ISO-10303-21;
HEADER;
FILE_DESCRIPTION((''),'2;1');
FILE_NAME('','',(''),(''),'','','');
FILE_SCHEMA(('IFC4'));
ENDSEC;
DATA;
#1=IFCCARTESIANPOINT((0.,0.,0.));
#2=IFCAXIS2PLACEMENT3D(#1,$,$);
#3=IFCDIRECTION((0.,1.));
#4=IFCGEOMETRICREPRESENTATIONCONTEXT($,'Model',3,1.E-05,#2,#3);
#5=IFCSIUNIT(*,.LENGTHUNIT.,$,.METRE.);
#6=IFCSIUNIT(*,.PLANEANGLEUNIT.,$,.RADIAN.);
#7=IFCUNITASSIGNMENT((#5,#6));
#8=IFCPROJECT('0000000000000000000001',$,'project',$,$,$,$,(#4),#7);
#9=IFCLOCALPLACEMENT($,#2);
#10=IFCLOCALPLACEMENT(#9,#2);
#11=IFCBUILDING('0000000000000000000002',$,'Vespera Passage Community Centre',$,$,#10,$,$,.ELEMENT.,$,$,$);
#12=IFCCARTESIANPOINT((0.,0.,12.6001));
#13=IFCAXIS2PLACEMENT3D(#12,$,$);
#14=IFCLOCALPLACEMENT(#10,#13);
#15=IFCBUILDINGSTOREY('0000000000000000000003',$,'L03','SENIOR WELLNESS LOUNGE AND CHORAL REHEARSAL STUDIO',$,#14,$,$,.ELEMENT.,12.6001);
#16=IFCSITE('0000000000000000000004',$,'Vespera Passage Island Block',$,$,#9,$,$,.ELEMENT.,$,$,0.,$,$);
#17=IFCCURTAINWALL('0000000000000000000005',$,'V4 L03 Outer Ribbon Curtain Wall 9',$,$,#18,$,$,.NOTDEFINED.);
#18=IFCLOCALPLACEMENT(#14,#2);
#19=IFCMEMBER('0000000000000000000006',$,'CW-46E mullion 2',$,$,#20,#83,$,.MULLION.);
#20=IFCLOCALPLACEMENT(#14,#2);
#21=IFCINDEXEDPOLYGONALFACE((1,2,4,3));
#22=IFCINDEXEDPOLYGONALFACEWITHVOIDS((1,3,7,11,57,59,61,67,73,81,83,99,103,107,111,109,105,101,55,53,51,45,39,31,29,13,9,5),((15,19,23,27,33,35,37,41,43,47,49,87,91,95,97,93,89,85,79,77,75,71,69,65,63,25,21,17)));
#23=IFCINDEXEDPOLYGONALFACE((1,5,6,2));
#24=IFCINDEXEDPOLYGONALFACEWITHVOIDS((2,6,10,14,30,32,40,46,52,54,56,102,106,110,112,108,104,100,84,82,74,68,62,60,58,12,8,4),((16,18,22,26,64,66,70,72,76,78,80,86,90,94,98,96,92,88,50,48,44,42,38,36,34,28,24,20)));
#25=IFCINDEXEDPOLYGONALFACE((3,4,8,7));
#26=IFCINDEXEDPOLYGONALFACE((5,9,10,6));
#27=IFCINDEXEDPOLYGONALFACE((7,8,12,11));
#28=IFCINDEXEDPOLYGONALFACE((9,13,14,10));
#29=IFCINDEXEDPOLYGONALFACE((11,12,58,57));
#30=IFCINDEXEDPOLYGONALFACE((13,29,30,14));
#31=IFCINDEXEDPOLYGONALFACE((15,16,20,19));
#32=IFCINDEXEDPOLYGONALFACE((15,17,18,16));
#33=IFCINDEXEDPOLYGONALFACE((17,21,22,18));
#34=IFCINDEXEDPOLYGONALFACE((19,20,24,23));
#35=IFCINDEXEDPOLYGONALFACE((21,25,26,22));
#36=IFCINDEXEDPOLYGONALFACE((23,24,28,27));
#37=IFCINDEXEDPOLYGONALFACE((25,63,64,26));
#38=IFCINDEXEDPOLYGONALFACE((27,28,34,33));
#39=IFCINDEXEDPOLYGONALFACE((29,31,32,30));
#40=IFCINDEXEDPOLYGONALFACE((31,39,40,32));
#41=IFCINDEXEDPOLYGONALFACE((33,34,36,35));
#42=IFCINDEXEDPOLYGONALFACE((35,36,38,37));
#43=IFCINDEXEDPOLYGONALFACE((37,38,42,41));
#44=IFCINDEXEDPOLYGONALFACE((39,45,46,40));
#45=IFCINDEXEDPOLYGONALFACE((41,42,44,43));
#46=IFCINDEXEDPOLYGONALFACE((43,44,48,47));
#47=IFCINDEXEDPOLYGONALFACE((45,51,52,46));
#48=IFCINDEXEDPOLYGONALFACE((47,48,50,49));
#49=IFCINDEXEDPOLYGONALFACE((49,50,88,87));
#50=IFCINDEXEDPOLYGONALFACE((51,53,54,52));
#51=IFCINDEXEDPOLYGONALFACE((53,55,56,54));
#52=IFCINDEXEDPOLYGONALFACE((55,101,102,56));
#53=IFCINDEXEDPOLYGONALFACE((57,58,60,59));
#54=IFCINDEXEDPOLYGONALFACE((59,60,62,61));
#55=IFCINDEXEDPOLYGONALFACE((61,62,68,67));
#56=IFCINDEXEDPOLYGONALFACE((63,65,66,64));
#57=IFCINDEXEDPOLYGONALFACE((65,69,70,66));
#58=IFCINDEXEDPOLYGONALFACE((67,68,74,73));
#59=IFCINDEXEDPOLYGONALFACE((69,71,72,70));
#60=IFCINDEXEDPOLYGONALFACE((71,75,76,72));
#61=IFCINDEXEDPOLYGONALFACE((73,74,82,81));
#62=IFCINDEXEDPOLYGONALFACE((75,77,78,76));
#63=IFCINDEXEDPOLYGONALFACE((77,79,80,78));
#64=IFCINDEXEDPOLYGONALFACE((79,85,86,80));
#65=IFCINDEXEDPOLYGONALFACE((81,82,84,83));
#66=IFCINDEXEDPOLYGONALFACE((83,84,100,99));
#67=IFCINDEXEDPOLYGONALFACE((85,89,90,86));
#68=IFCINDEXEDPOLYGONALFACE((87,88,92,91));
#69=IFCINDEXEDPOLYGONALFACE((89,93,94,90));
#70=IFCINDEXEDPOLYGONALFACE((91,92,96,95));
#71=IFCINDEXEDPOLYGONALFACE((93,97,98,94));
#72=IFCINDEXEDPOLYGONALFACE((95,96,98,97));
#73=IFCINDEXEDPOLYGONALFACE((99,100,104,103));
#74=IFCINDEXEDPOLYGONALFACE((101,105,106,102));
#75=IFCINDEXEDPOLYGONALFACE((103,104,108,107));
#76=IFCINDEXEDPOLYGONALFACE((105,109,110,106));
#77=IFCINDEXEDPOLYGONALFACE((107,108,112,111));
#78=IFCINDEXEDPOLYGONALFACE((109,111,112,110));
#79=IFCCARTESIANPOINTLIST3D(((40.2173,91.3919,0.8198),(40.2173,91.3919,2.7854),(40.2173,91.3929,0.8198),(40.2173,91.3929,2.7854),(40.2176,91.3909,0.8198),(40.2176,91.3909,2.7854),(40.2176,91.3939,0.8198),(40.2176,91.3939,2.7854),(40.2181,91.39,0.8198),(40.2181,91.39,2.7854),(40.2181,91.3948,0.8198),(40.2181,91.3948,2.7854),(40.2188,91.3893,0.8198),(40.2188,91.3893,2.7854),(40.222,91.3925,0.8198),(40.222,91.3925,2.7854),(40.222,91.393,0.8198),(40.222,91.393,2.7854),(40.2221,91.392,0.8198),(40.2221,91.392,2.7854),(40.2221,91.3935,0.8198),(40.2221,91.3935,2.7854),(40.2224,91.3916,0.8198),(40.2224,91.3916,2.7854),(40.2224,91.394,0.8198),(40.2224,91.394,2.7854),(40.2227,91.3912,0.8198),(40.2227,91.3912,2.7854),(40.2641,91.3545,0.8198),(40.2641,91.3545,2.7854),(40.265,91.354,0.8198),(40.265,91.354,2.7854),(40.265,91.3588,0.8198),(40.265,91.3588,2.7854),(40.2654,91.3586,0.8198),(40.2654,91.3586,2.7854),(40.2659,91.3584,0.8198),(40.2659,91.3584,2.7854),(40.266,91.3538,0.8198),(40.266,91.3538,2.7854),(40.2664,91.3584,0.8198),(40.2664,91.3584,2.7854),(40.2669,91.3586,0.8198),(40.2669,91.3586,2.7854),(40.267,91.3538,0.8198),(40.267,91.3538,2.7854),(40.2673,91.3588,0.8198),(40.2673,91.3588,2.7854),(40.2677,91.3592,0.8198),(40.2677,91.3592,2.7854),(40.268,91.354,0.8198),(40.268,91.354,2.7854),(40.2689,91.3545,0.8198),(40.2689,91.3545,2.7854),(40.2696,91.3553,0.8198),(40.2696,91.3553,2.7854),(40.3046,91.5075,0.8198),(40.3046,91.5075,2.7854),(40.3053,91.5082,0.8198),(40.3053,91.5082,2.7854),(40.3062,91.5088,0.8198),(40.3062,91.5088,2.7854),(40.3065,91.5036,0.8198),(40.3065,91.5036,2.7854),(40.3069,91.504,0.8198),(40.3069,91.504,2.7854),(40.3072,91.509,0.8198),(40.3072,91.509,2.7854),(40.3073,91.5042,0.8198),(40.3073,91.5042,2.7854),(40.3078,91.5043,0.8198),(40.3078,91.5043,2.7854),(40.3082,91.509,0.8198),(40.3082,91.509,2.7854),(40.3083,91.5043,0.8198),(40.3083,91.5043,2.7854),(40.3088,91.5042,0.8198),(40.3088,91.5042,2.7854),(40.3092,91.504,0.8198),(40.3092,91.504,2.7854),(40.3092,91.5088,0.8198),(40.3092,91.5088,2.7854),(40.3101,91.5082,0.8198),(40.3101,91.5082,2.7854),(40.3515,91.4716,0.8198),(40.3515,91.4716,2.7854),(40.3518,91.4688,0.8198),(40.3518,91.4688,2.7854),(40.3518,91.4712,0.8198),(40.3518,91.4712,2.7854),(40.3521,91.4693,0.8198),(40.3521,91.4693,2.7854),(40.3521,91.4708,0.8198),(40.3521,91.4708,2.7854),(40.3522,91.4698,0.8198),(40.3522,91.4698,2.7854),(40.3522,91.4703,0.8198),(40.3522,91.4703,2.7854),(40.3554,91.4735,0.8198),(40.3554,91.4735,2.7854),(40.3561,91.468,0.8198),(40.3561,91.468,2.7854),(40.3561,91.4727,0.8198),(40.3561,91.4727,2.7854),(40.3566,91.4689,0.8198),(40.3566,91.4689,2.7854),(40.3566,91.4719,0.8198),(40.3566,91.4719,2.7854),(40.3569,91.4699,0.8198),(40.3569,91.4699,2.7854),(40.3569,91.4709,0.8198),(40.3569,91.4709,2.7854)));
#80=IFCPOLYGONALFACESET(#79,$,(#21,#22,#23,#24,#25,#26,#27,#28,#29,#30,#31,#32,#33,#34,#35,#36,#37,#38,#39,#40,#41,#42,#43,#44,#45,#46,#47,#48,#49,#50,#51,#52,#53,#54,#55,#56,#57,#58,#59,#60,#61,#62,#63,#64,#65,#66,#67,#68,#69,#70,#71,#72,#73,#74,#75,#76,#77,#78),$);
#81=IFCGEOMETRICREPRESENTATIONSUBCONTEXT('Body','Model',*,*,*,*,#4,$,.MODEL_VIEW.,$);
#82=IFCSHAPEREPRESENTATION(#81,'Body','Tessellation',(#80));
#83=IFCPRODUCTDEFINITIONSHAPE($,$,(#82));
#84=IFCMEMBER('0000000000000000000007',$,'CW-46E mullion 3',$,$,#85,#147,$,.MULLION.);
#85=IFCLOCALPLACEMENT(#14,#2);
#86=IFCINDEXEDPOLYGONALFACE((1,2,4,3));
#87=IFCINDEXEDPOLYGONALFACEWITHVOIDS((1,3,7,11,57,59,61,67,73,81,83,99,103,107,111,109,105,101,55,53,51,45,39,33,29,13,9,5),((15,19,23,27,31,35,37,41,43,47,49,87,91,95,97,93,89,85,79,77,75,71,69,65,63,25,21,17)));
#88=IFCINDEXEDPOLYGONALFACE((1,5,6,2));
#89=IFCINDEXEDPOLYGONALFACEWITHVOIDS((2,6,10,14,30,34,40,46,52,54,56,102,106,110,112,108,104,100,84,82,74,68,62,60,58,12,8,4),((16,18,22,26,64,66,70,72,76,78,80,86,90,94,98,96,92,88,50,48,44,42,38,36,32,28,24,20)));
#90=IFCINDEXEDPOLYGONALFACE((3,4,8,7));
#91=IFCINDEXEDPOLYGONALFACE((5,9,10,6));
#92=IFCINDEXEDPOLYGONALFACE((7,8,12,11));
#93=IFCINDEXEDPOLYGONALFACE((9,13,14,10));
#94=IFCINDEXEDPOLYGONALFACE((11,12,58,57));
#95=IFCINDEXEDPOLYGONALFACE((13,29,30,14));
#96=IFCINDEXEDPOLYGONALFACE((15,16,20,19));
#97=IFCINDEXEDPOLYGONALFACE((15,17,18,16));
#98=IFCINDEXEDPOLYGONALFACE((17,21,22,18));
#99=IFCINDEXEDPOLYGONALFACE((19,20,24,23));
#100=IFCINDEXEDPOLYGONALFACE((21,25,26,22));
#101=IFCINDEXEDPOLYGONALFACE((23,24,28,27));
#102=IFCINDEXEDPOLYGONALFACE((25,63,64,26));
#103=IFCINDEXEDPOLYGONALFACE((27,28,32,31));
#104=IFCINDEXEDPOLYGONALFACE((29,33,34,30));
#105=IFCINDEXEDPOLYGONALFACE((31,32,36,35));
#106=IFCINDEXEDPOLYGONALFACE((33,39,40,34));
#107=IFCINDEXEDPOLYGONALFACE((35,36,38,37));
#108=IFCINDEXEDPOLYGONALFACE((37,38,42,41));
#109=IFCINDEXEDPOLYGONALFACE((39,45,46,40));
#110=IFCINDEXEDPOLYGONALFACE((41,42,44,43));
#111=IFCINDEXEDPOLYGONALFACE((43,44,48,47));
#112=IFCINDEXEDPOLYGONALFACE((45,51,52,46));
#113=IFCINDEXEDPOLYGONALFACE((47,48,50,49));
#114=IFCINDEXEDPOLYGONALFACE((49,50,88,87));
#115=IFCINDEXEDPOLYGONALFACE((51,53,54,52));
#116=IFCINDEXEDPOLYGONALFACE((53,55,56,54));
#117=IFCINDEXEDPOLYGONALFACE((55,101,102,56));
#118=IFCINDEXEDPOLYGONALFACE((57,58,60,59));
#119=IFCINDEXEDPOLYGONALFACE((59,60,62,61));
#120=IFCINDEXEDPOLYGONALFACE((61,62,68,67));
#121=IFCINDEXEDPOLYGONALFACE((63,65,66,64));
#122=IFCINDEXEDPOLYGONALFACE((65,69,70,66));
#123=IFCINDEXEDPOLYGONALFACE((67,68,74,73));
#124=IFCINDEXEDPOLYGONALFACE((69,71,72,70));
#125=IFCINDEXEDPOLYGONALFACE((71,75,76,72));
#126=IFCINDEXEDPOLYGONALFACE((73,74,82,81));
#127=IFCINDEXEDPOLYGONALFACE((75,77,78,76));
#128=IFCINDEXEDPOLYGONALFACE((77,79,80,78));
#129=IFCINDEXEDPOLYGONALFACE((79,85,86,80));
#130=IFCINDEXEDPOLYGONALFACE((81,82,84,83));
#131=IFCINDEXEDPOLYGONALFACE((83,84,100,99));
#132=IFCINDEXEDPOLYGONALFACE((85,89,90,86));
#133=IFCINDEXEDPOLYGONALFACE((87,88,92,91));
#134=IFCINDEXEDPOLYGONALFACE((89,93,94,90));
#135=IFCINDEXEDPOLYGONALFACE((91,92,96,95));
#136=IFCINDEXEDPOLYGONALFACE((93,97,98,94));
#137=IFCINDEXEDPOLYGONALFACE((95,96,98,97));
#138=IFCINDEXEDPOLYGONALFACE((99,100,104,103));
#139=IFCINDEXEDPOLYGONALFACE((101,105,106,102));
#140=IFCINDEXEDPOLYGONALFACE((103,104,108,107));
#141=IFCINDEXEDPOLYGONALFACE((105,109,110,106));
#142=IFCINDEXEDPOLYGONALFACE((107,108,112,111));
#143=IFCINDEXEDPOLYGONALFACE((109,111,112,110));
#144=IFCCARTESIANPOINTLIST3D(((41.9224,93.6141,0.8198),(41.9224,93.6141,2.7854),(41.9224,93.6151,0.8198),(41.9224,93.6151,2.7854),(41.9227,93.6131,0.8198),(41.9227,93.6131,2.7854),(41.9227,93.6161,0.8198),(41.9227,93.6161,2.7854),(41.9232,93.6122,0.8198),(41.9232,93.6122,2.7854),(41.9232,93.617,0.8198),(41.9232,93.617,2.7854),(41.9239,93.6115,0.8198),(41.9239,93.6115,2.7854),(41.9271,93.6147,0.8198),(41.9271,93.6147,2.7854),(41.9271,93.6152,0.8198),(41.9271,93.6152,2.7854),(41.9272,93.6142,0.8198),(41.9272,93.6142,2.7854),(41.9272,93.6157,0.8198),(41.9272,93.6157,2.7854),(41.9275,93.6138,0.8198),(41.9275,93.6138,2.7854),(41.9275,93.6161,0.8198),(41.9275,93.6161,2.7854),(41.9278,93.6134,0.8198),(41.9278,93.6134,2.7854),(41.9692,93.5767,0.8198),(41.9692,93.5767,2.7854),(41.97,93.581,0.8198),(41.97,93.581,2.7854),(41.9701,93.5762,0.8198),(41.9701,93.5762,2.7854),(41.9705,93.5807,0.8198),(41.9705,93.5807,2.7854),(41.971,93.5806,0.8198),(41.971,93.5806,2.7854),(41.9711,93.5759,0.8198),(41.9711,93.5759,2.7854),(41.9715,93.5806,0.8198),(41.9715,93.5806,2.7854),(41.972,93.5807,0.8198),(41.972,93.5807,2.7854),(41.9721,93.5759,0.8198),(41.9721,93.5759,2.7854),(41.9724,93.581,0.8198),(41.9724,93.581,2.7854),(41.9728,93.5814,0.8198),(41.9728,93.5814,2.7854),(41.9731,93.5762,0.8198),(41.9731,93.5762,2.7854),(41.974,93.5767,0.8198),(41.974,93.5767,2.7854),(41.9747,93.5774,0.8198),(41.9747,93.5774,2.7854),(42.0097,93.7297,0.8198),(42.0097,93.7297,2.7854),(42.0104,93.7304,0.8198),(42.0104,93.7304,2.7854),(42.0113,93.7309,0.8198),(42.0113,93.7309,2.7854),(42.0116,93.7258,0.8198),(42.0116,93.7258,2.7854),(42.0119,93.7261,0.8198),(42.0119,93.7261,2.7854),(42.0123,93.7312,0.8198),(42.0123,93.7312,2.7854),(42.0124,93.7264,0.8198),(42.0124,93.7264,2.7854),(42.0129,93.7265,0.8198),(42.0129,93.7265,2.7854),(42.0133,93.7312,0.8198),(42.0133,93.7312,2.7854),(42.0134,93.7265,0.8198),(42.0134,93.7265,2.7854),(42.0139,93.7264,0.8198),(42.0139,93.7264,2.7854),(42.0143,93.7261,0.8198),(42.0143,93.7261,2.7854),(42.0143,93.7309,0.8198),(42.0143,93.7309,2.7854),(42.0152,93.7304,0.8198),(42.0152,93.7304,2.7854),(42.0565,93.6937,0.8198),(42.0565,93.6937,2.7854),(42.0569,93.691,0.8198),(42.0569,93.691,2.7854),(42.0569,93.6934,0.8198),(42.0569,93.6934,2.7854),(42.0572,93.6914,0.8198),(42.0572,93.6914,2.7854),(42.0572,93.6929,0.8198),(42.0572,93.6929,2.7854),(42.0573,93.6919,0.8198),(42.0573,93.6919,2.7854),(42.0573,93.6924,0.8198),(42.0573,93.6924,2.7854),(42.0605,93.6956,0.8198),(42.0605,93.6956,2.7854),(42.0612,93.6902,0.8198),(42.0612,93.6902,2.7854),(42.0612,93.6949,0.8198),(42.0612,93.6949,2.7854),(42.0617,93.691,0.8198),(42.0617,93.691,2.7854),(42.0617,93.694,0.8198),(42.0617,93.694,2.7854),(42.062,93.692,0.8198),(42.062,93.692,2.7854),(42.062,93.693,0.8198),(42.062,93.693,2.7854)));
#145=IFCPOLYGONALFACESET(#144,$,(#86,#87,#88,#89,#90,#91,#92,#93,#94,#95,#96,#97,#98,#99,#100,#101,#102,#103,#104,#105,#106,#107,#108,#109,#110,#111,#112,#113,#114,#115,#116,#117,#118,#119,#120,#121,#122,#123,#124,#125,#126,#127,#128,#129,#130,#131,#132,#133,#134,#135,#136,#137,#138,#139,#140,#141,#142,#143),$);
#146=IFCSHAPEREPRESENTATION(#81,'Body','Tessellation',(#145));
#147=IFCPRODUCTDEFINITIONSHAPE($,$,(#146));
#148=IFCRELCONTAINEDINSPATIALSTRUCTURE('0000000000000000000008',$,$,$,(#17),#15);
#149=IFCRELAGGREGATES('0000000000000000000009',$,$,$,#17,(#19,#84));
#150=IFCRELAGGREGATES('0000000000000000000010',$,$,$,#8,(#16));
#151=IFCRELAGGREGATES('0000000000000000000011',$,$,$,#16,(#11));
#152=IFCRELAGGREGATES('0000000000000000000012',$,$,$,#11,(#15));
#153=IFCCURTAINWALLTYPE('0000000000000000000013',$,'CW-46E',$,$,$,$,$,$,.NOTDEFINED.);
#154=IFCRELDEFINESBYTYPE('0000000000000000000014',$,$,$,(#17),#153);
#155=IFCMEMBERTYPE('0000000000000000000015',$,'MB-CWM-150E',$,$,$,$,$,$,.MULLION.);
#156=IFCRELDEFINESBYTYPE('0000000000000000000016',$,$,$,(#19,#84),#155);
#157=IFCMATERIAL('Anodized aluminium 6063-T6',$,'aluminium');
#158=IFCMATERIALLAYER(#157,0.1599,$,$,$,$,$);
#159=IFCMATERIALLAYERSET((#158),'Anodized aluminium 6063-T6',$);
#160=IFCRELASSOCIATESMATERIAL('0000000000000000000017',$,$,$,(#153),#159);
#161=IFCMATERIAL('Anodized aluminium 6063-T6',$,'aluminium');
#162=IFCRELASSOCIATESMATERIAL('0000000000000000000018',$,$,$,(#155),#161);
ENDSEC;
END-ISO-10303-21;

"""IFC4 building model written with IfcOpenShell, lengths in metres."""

from ifc_helpers import new_model, si_unit, direction, frame, origin, origin_2d, place, context, subcontext, project, spatial, hollow_rectangle, extrude, material, layer, layer_set, material_profile, profile_set, type_object, element, aggregate, save


model = new_model("IFC4")

# Units and contexts
model_context = context("Model", 3, precision=1e-05, world=origin(), true_north=direction((0.0, 1.0)))
body_context = subcontext(model_context, "Body", "Model", "MODEL_VIEW")
ifc_project = project(units=[si_unit("LENGTHUNIT", "METRE"), si_unit("PLANEANGLEUNIT", "RADIAN")], contexts=[model_context])

# Site, building, storey
site_placement = place(None, origin())
site = spatial("IfcSite", under=ifc_project, at=site_placement, Name="Vespera Passage Island Block", CompositionType="ELEMENT", RefElevation=0.0)
building_placement = place(site_placement, origin())
building = spatial("IfcBuilding", under=site, at=building_placement, Name="Vespera Passage Community Centre", CompositionType="ELEMENT")
storey_placement = place(building_placement, frame((0.0, 0.0, 12.6001)))
storey = spatial("IfcBuildingStorey", under=building, at=storey_placement, Name="L03", Description="SENIOR WELLNESS LOUNGE AND CHORAL REHEARSAL STUDIO", CompositionType="ELEMENT", Elevation=12.6001)

# Curtain wall, members
ifc_material_1 = material(Name="Anodized aluminium 6063-T6", Category="aluminium")
ifc_layer_1 = layer(ifc_material_1, 0.1599)
ifc_layer_set_1 = layer_set([ifc_layer_1], Name="Anodized aluminium 6063-T6")
curtain_wall_type = type_object("IfcCurtainWallType", Name="CW-46E", PredefinedType="NOTDEFINED", material=ifc_layer_set_1)
curtain_wall_placement = place(storey_placement, origin())
curtain_wall = element("IfcCurtainWall", 1, at=curtain_wall_placement, inside=storey, type_object=curtain_wall_type, Name="V4 L03 Outer Ribbon Curtain Wall 9", PredefinedType="NOTDEFINED")
ifc_material_2 = material(Name="Anodized aluminium 6063-T6", Category="aluminium")
ifc_material_profile_1 = material_profile(ifc_material_2, hollow_rectangle(XDim=0.0649, YDim=0.1499, WallThickness=0.0039, InnerFilletRadius=0.002, OuterFilletRadius=0.0039, at=origin_2d()), Name="ALU150X65X4")
ifc_profile_set_1 = profile_set([ifc_material_profile_1], Name="Anodized aluminium 6063-T6")
member_type_1 = type_object("IfcMemberType", Name="MB-CWM-150E", PredefinedType="MULLION", material=ifc_profile_set_1)
member_1_placement = place(storey_placement, frame((40.2871, 91.4314, 0.8198), z_axis=(0.0, 0.0, 1.0), x_axis=(-0.79335, 0.608765, 0.0)))
member_1 = element("IfcMember", 2, at=member_1_placement, type_object=member_type_1, Name="CW-46E mullion 2", PredefinedType="MULLION", context=body_context, shape_type="SweptSolid", body=[
    extrude(hollow_rectangle(XDim=0.0649, YDim=0.1499, WallThickness=0.0039, InnerFilletRadius=0.002, OuterFilletRadius=0.0039, at=origin_2d()), origin(), (0.0, 0.0, 1.0), 1.9656),
])
member_2_placement = place(storey_placement, frame((41.9922, 93.6536, 0.8198), z_axis=(0.0, 0.0, 1.0), x_axis=(-0.79335, 0.608765, 0.0)))
member_2 = element("IfcMember", 3, at=member_2_placement, type_object=member_type_1, Name="CW-46E mullion 3", PredefinedType="MULLION", context=body_context, shape_type="SweptSolid", body=[
    extrude(hollow_rectangle(XDim=0.0649, YDim=0.1499, WallThickness=0.0039, InnerFilletRadius=0.002, OuterFilletRadius=0.0039, at=origin_2d()), origin(), (0.0, 0.0, 1.0), 1.9656),
])
aggregate(curtain_wall, [member_1, member_2])

save(model, "model.ifc")
